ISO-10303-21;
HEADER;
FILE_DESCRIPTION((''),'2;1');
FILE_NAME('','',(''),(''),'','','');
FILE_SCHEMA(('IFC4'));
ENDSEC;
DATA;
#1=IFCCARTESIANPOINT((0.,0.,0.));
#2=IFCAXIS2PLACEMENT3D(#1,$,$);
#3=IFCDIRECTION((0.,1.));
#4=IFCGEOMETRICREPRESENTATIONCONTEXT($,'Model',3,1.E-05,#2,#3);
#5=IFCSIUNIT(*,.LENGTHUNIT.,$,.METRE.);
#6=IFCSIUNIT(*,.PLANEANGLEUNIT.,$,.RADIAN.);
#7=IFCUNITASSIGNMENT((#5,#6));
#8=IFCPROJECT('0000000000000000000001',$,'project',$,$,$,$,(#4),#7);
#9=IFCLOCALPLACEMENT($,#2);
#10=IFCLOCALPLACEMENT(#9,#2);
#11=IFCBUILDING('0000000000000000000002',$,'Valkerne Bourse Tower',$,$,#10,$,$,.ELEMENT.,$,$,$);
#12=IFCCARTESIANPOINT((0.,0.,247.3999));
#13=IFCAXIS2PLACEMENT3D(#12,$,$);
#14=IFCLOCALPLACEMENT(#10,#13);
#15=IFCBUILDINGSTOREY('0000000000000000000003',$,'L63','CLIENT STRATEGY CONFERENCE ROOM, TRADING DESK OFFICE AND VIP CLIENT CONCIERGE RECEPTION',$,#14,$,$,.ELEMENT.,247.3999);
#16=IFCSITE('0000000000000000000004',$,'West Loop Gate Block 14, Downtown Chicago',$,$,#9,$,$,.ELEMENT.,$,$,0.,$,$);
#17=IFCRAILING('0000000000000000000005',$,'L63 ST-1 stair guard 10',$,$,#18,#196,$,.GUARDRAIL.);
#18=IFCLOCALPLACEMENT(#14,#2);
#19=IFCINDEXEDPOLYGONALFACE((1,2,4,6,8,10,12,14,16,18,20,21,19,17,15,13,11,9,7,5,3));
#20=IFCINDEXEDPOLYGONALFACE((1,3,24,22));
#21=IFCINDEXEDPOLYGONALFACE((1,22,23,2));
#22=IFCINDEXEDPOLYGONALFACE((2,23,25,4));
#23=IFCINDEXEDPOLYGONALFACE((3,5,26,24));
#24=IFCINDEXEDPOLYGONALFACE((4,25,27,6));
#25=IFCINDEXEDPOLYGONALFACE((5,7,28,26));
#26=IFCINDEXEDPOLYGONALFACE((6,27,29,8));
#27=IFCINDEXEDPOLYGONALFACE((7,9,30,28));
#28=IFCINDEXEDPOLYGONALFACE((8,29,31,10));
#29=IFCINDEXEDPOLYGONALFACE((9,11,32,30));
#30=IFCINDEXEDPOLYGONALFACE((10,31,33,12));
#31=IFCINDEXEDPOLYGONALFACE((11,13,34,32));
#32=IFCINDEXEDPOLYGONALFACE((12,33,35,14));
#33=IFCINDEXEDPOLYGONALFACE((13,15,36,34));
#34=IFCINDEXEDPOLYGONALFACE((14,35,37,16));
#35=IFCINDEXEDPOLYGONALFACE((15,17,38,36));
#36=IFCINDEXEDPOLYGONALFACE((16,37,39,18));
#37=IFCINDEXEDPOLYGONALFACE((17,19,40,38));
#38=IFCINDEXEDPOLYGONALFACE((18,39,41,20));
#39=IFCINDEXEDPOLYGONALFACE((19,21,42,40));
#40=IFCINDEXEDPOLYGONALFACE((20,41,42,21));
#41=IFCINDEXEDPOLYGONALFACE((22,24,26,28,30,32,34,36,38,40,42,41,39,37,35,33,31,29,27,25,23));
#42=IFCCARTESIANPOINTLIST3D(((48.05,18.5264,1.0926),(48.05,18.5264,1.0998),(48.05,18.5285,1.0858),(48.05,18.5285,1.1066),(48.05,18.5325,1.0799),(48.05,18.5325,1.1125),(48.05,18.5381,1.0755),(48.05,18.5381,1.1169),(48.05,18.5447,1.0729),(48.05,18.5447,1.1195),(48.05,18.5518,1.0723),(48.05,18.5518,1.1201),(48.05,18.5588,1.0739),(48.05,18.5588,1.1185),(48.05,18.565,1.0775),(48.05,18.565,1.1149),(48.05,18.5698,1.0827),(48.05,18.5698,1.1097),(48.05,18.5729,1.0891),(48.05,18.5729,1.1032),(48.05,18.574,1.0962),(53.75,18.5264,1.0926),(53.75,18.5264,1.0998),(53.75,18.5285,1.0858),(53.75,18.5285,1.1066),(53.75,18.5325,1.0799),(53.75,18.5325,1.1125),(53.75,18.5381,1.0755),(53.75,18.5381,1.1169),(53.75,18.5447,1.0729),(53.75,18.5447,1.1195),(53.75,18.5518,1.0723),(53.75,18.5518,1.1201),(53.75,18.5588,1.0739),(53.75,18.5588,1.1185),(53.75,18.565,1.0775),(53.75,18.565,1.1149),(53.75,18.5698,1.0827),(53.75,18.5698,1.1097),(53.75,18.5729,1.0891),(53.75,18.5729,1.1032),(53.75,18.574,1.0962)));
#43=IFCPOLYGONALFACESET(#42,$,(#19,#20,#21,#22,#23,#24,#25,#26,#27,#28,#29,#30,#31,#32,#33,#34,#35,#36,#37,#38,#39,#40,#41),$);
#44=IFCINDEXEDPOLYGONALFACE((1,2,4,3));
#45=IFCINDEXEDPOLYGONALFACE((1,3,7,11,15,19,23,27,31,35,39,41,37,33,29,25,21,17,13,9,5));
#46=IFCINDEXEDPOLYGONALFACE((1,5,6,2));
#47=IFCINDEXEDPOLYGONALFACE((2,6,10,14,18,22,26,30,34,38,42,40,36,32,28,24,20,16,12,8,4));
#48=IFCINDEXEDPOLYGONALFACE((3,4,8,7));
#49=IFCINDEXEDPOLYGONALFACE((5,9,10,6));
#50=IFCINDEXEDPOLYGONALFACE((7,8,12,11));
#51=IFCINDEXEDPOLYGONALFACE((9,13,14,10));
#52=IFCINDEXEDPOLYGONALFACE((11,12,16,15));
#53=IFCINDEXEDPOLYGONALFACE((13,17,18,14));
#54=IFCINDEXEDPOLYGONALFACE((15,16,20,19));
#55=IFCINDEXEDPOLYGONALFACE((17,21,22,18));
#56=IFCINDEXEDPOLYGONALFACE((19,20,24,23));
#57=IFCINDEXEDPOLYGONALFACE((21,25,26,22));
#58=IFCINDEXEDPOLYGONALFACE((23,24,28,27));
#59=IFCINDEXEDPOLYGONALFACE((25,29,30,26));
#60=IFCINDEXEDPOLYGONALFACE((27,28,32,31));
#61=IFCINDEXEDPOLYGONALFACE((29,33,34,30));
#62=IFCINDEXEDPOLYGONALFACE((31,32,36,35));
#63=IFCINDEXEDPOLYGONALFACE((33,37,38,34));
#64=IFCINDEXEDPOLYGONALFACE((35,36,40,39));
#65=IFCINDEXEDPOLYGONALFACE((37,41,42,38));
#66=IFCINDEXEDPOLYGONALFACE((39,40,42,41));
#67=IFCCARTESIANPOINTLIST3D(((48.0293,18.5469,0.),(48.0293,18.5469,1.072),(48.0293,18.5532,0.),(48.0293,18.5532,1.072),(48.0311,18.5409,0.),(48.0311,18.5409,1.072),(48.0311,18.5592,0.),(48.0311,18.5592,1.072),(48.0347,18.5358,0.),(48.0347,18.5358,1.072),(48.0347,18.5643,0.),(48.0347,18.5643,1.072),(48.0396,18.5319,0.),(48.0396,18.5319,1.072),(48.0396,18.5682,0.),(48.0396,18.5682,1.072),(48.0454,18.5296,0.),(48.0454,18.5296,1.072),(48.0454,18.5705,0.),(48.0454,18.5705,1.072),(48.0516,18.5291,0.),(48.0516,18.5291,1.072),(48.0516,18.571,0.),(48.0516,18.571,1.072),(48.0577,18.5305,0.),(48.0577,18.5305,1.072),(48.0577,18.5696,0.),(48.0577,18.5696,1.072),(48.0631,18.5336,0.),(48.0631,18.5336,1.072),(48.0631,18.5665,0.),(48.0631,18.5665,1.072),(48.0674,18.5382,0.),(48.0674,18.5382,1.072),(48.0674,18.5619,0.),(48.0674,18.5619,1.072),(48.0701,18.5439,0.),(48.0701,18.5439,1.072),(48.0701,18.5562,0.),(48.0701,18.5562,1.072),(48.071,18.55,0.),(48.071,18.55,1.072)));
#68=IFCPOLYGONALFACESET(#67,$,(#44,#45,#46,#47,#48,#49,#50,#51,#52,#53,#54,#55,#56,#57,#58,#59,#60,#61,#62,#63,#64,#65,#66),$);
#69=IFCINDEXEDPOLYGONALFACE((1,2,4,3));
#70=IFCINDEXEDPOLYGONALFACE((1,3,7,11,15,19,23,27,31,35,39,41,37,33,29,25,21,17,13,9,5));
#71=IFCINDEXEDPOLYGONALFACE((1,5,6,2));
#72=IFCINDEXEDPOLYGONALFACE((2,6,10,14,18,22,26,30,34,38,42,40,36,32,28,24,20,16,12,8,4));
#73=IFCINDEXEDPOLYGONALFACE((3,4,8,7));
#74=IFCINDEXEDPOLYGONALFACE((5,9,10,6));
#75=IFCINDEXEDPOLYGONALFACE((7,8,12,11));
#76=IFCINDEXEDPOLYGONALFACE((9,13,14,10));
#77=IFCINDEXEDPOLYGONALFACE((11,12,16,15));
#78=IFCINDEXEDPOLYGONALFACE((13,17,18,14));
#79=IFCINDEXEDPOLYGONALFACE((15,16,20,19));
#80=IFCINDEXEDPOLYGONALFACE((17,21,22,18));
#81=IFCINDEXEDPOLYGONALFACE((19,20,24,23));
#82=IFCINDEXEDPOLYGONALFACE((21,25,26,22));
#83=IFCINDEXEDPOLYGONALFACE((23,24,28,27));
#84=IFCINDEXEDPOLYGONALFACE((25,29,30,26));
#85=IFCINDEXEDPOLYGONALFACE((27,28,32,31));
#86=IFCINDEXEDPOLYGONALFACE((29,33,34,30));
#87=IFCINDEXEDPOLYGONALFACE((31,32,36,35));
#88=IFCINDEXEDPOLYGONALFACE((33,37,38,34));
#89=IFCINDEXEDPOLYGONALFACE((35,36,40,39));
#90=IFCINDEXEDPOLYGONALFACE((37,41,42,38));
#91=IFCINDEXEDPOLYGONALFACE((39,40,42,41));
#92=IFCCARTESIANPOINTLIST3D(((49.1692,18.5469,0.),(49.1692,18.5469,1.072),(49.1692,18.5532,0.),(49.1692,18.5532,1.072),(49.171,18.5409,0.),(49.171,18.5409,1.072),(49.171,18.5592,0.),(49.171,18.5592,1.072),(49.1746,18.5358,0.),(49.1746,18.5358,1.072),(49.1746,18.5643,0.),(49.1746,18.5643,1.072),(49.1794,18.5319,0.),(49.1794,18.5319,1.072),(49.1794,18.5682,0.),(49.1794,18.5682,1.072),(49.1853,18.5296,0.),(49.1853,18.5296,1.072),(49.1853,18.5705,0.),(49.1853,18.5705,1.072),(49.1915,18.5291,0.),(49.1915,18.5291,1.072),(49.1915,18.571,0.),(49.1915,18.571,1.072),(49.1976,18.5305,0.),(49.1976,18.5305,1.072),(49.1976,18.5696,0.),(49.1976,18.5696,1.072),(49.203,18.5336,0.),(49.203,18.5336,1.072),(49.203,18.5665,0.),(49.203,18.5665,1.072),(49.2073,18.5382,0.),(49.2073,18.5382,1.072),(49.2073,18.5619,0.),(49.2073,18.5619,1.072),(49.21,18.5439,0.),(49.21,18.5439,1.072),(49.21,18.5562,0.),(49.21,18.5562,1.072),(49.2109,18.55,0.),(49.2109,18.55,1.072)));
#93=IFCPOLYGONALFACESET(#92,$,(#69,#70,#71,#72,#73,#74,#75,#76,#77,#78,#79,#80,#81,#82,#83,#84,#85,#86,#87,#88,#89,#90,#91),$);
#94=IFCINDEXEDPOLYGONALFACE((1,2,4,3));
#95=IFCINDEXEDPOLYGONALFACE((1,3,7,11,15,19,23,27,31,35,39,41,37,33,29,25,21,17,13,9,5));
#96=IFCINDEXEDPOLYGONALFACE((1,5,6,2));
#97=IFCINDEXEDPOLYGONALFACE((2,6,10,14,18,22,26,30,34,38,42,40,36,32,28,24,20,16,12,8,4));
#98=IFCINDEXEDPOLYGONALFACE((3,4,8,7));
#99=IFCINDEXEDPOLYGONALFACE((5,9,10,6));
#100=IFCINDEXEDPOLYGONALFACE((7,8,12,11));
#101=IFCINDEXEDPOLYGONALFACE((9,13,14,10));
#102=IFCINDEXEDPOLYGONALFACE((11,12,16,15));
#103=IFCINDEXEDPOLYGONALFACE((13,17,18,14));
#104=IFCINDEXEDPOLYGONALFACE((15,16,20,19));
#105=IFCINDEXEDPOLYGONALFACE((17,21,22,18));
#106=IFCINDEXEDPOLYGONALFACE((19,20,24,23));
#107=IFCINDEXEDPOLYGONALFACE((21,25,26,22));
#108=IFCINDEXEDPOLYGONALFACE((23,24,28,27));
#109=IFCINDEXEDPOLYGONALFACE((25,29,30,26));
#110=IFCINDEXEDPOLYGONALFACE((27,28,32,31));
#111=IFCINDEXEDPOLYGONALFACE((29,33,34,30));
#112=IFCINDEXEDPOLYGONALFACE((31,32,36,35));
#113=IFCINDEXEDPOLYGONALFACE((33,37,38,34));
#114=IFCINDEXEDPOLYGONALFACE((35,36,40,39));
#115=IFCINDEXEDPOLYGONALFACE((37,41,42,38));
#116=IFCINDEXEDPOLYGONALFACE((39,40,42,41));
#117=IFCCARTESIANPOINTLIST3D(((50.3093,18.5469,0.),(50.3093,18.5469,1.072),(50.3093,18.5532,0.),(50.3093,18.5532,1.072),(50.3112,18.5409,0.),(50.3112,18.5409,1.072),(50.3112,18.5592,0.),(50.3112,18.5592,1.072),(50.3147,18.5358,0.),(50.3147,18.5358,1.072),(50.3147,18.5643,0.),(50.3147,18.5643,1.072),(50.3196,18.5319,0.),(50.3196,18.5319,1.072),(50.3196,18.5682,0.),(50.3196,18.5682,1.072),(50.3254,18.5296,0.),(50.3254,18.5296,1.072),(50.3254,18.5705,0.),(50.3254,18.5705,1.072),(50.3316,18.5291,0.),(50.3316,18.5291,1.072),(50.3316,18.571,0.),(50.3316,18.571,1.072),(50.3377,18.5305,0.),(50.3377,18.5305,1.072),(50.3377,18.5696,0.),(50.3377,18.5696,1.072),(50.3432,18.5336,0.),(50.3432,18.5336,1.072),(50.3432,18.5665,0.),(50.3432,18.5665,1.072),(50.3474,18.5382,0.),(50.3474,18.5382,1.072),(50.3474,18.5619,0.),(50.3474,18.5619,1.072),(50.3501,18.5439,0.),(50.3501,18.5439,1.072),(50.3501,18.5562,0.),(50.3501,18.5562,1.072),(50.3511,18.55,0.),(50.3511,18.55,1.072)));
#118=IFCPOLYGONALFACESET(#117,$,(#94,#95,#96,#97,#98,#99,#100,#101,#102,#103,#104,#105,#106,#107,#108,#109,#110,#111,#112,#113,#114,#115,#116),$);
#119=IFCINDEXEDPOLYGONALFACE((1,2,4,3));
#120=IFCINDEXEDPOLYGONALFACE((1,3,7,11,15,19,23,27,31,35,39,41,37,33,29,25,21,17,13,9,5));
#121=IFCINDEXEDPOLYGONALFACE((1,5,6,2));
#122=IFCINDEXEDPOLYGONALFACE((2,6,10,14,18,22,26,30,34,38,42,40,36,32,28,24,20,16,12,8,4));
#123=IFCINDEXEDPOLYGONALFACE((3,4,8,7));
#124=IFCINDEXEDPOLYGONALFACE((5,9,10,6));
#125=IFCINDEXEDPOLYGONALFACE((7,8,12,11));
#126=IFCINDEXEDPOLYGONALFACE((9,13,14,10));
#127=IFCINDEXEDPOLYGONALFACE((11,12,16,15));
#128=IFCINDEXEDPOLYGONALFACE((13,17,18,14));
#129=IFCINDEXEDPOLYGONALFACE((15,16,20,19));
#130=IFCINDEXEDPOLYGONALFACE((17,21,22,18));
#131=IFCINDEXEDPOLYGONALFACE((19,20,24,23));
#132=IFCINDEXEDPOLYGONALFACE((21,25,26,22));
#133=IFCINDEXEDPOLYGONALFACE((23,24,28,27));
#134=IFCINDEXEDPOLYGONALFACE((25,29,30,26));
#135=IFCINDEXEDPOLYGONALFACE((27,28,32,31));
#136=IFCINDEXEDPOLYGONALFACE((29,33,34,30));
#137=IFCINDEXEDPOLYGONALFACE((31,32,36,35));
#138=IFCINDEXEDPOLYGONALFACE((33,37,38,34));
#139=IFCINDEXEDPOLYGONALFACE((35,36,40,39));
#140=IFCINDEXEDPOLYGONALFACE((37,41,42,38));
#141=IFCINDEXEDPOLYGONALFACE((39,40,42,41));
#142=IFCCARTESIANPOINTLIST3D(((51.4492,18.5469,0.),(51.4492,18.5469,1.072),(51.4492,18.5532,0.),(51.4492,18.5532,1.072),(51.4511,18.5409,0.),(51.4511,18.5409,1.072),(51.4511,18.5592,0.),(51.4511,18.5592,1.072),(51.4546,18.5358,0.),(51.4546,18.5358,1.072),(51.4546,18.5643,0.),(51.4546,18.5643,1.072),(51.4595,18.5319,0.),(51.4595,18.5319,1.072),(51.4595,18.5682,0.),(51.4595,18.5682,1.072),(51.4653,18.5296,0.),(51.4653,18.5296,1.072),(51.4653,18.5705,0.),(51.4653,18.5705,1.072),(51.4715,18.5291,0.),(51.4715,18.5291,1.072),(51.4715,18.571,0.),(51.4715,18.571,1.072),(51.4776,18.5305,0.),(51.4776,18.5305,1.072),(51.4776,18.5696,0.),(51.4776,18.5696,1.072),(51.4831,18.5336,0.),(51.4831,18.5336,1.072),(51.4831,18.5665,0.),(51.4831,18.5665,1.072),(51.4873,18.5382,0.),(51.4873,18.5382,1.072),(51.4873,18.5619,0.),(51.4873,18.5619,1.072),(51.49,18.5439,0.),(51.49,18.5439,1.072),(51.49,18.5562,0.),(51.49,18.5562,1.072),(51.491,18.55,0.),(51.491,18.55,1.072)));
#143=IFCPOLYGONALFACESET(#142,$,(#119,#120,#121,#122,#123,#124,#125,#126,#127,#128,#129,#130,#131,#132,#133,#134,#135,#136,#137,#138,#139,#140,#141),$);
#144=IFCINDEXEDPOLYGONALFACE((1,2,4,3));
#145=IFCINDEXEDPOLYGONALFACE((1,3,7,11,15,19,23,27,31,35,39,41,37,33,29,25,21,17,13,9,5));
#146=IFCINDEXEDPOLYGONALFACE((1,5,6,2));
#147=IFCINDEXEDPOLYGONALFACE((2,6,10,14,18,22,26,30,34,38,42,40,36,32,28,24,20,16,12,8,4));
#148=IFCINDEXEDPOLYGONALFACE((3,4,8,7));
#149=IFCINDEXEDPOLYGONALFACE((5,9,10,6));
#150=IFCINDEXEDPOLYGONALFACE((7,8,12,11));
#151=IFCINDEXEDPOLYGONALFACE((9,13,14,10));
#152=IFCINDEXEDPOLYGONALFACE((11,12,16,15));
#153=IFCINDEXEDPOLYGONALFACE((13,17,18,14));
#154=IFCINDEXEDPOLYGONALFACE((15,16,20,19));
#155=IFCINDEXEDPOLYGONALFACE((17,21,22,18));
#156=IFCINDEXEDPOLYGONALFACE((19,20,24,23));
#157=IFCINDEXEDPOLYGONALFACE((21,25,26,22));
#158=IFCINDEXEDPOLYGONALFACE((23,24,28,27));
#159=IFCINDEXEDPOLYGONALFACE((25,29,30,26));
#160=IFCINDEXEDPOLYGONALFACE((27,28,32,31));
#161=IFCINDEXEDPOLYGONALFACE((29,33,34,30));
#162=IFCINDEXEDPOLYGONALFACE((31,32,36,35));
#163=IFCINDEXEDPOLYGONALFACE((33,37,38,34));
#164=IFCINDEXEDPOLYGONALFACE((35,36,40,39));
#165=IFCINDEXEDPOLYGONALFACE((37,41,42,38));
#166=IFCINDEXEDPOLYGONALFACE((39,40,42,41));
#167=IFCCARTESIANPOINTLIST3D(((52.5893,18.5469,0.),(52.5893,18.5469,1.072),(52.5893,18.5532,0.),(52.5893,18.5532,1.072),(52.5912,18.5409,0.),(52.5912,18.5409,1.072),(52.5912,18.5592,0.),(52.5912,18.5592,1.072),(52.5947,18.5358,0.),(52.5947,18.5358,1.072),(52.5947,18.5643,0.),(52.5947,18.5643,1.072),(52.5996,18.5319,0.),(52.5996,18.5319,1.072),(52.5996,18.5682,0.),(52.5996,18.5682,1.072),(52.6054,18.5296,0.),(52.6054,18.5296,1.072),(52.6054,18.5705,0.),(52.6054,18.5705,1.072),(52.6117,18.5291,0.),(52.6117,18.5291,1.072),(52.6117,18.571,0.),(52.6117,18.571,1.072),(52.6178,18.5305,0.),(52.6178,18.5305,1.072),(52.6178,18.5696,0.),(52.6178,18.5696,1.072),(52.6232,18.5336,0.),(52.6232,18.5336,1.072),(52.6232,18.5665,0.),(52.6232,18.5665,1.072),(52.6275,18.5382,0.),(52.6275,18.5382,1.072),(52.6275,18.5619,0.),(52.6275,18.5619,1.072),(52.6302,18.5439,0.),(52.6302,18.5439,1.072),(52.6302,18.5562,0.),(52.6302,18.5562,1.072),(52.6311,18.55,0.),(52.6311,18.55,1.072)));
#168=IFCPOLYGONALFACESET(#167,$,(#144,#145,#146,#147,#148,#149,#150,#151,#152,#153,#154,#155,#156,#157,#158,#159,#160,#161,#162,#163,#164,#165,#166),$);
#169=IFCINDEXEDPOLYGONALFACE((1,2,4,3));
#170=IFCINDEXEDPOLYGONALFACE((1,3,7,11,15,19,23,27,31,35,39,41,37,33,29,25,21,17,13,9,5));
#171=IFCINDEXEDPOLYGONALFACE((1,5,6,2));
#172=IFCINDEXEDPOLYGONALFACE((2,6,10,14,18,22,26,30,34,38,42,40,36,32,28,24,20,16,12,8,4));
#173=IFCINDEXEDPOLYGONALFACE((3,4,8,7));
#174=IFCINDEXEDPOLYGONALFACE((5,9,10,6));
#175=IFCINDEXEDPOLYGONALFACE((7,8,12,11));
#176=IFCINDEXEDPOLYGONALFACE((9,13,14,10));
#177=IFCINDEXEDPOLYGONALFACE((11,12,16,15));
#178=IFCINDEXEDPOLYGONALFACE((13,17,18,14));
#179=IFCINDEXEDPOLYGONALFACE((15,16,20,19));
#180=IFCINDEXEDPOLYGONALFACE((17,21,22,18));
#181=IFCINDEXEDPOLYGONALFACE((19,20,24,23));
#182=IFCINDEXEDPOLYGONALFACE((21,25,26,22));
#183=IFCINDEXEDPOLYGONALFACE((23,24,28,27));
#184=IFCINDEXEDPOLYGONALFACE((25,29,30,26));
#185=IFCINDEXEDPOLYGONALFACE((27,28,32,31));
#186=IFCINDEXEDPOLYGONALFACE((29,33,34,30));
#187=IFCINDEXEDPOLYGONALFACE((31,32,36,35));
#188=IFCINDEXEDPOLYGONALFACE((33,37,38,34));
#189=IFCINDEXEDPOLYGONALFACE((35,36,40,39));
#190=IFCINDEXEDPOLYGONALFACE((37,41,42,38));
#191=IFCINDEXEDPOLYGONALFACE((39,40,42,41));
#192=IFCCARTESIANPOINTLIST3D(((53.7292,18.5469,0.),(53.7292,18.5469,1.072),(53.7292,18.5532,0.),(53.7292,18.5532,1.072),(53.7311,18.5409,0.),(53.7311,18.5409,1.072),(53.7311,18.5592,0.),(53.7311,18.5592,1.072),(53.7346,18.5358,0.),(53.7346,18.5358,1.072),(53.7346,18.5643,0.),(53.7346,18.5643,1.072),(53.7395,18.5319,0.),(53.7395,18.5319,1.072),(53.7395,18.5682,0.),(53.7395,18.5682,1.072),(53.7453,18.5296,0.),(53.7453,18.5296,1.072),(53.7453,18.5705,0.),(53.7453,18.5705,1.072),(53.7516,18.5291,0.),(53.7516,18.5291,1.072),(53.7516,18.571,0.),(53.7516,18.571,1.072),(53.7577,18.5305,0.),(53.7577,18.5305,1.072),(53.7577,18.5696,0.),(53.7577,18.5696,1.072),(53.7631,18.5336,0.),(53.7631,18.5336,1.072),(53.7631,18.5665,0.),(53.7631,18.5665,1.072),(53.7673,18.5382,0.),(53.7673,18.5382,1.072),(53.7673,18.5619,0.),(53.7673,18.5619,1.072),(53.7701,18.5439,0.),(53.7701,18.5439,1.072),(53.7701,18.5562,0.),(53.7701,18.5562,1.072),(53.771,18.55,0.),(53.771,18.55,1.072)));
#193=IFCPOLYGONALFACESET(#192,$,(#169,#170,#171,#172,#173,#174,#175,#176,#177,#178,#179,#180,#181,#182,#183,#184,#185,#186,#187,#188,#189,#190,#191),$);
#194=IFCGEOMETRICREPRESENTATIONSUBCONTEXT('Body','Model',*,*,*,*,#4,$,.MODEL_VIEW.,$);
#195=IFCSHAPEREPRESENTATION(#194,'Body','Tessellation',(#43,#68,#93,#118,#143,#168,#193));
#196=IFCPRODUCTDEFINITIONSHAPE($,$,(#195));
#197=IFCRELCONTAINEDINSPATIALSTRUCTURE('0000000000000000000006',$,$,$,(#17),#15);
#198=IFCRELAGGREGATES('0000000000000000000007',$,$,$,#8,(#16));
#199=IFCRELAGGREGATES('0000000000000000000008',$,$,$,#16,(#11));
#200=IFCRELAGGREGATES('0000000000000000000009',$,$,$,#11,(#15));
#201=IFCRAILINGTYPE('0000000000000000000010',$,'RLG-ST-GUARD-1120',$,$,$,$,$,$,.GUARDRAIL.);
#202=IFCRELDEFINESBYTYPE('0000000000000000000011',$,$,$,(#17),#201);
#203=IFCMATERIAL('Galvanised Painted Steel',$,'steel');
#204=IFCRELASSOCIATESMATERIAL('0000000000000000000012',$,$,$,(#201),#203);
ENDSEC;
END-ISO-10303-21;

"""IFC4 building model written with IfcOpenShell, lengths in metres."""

from ifc_helpers import new_model, si_unit, direction, frame, origin, origin_2d, place, context, subcontext, project, spatial, circle, extrude, material, type_object, element, save


model = new_model("IFC4")

# Units and contexts
model_context = context("Model", 3, precision=1e-05, world=origin(), true_north=direction((0.0, 1.0)))
body_context = subcontext(model_context, "Body", "Model", "MODEL_VIEW")
ifc_project = project(units=[si_unit("LENGTHUNIT", "METRE"), si_unit("PLANEANGLEUNIT", "RADIAN")], contexts=[model_context])

# Site, building, storey
site_placement = place(None, origin())
site = spatial("IfcSite", under=ifc_project, at=site_placement, Name="West Loop Gate Block 14, Downtown Chicago", CompositionType="ELEMENT", RefElevation=0.0)
building_placement = place(site_placement, origin())
building = spatial("IfcBuilding", under=site, at=building_placement, Name="Valkerne Bourse Tower", CompositionType="ELEMENT")
storey_placement = place(building_placement, frame((0.0, 0.0, 247.3999)))
storey = spatial("IfcBuildingStorey", under=building, at=storey_placement, Name="L63", Description="CLIENT STRATEGY CONFERENCE ROOM, TRADING DESK OFFICE AND VIP CLIENT CONCIERGE RECEPTION", CompositionType="ELEMENT", Elevation=247.3999)

# Shared definitions
ifc_material_1 = material(Name="Galvanised Painted Steel", Category="steel")

# Railing
railing_type_1 = type_object("IfcRailingType", Name="RLG-ST-GUARD-1120", PredefinedType="GUARDRAIL", material=ifc_material_1)
railing_1_placement = place(storey_placement, frame((48.05, 18.55, 0.0)))
element("IfcRailing", 1, at=railing_1_placement, inside=storey, type_object=railing_type_1, Name="L63 ST-1 stair guard 10", PredefinedType="GUARDRAIL", context=body_context, shape_type="SweptSolid", body=[
    extrude(circle(Radius=0.0239, at=origin_2d()), frame((0.0, 0.0, 1.0962), z_axis=(1.0, 0.0, 0.0), x_axis=(0.0, 1.0, 0.0)), (0.0, 0.0, 1.0), 5.7),
    extrude(circle(Radius=0.021, at=origin_2d()), origin(), (0.0, 0.0, 1.0), 1.072),
    extrude(circle(Radius=0.021, at=origin_2d()), frame((1.1399, 0.0, 0.0)), (0.0, 0.0, 1.0), 1.072),
    extrude(circle(Radius=0.021, at=origin_2d()), frame((2.28, 0.0, 0.0)), (0.0, 0.0, 1.0), 1.072),
    extrude(circle(Radius=0.021, at=origin_2d()), frame((3.4199, 0.0, 0.0)), (0.0, 0.0, 1.0), 1.072),
    extrude(circle(Radius=0.021, at=origin_2d()), frame((4.5601, 0.0, 0.0)), (0.0, 0.0, 1.0), 1.072),
    extrude(circle(Radius=0.021, at=origin_2d()), frame((5.7, 0.0, 0.0)), (0.0, 0.0, 1.0), 1.072),
])

save(model, "model.ifc")
